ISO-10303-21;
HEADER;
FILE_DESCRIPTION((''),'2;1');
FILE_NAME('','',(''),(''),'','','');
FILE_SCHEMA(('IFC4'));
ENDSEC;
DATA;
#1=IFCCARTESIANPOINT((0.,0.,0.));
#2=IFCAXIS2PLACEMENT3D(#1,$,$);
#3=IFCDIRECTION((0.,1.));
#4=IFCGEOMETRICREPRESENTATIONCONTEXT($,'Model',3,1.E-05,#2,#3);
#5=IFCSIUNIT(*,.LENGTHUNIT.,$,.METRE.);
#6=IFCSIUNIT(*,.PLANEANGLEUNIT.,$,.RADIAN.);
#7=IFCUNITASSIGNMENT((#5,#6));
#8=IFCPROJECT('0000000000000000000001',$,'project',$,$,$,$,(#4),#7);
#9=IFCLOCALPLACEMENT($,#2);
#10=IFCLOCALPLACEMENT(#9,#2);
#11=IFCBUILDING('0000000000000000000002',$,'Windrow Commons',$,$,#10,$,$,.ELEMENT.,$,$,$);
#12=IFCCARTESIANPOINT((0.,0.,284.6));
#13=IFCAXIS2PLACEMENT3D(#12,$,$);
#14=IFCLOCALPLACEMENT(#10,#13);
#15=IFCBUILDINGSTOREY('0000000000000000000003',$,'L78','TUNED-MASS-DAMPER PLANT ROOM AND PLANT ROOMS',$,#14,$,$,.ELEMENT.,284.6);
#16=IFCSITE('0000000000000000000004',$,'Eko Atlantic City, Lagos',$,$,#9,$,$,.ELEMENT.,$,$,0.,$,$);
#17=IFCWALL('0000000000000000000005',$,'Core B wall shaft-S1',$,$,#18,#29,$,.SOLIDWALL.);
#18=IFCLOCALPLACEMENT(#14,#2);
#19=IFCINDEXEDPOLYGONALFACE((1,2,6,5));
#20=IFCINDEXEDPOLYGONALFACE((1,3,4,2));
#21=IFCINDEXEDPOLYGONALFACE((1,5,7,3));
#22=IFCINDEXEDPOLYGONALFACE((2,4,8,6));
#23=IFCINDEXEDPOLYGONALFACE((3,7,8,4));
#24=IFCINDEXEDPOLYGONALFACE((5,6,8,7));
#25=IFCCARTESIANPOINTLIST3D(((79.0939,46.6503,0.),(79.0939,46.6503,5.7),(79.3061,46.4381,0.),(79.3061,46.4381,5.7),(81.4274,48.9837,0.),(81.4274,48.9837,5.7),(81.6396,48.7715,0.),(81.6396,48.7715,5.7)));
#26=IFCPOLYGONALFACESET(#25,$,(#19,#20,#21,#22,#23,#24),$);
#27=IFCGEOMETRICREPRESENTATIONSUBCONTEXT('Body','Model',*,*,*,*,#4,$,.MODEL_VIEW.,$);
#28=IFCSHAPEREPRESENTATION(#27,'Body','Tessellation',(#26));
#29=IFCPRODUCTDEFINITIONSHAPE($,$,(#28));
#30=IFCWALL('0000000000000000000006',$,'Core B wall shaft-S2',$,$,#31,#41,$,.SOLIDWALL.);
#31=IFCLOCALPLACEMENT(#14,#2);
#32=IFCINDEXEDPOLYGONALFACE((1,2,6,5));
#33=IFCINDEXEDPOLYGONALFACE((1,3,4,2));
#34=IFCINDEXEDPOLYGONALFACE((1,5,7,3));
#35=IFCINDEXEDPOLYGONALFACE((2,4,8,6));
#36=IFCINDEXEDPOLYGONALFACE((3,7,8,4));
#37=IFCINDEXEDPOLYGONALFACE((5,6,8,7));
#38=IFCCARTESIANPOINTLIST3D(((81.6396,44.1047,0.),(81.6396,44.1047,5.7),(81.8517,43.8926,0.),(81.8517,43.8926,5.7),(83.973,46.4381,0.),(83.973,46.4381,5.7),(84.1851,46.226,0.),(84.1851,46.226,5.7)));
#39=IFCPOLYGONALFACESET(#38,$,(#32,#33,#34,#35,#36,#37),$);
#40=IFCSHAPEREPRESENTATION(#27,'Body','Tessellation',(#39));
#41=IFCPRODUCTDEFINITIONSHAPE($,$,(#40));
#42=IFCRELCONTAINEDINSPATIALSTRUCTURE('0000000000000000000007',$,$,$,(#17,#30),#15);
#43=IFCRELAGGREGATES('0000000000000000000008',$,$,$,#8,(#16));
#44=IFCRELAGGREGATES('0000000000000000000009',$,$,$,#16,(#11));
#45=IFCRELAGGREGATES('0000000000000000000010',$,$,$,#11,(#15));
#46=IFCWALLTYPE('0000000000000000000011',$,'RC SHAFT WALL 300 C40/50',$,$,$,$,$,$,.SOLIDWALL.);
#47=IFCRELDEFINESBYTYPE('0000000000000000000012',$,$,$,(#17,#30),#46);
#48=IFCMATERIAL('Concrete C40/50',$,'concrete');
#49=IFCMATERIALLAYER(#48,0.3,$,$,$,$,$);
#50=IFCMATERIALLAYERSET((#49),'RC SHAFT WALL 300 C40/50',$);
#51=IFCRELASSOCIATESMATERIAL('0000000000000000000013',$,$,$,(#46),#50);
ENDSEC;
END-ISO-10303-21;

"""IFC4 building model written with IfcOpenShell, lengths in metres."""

from ifc_helpers import new_model, si_unit, direction, frame, frame_2d, origin, place, context, subcontext, project, spatial, rectangle, extrude, material, layer, layer_set, type_object, element, save


model = new_model("IFC4")

# Units and contexts
model_context = context("Model", 3, precision=1e-05, world=origin(), true_north=direction((0.0, 1.0)))
body_context = subcontext(model_context, "Body", "Model", "MODEL_VIEW")
ifc_project = project(units=[si_unit("LENGTHUNIT", "METRE"), si_unit("PLANEANGLEUNIT", "RADIAN")], contexts=[model_context])

# Site, building, storey
site_placement = place(None, origin())
site = spatial("IfcSite", under=ifc_project, at=site_placement, Name="Eko Atlantic City, Lagos", CompositionType="ELEMENT", RefElevation=0.0)
building_placement = place(site_placement, origin())
building = spatial("IfcBuilding", under=site, at=building_placement, Name="Windrow Commons", CompositionType="ELEMENT")
storey_placement = place(building_placement, frame((0.0, 0.0, 284.6)))
storey = spatial("IfcBuildingStorey", under=building, at=storey_placement, Name="L78", Description="TUNED-MASS-DAMPER PLANT ROOM AND PLANT ROOMS", CompositionType="ELEMENT", Elevation=284.6)

# Walls
ifc_material_1 = material(Name="Concrete C40/50", Category="concrete")
ifc_layer_1 = layer(ifc_material_1, 0.3)
ifc_layer_set_1 = layer_set([ifc_layer_1], Name="RC SHAFT WALL 300 C40/50")
wall_type_1 = type_object("IfcWallType", Name="RC SHAFT WALL 300 C40/50", PredefinedType="SOLIDWALL", material=ifc_layer_set_1)
wall_1_placement = place(storey_placement, frame((79.2, 46.5442, 0.0), z_axis=(0.0, 0.0, 1.0), x_axis=(0.707122, 0.707092, 0.0)))
element("IfcWall", 1, at=wall_1_placement, inside=storey, type_object=wall_type_1, Name="Core B wall shaft-S1", PredefinedType="SOLIDWALL", context=body_context, shape_type="SweptSolid", body=[
    extrude(rectangle(XDim=3.3, YDim=0.3, at=frame_2d((1.65, 0.0))), origin(), (0.0, 0.0, 1.0), 5.7),
])
wall_2_placement = place(storey_placement, frame((81.7456, 43.9986, 0.0), z_axis=(0.0, 0.0, 1.0), x_axis=(0.707107, 0.707107, 0.0)))
element("IfcWall", 2, at=wall_2_placement, inside=storey, type_object=wall_type_1, Name="Core B wall shaft-S2", PredefinedType="SOLIDWALL", context=body_context, shape_type="SweptSolid", body=[
    extrude(rectangle(XDim=3.2999, YDim=0.3, at=frame_2d((1.65, 0.0))), origin(), (0.0, 0.0, 1.0), 5.7),
])

save(model, "model.ifc")
